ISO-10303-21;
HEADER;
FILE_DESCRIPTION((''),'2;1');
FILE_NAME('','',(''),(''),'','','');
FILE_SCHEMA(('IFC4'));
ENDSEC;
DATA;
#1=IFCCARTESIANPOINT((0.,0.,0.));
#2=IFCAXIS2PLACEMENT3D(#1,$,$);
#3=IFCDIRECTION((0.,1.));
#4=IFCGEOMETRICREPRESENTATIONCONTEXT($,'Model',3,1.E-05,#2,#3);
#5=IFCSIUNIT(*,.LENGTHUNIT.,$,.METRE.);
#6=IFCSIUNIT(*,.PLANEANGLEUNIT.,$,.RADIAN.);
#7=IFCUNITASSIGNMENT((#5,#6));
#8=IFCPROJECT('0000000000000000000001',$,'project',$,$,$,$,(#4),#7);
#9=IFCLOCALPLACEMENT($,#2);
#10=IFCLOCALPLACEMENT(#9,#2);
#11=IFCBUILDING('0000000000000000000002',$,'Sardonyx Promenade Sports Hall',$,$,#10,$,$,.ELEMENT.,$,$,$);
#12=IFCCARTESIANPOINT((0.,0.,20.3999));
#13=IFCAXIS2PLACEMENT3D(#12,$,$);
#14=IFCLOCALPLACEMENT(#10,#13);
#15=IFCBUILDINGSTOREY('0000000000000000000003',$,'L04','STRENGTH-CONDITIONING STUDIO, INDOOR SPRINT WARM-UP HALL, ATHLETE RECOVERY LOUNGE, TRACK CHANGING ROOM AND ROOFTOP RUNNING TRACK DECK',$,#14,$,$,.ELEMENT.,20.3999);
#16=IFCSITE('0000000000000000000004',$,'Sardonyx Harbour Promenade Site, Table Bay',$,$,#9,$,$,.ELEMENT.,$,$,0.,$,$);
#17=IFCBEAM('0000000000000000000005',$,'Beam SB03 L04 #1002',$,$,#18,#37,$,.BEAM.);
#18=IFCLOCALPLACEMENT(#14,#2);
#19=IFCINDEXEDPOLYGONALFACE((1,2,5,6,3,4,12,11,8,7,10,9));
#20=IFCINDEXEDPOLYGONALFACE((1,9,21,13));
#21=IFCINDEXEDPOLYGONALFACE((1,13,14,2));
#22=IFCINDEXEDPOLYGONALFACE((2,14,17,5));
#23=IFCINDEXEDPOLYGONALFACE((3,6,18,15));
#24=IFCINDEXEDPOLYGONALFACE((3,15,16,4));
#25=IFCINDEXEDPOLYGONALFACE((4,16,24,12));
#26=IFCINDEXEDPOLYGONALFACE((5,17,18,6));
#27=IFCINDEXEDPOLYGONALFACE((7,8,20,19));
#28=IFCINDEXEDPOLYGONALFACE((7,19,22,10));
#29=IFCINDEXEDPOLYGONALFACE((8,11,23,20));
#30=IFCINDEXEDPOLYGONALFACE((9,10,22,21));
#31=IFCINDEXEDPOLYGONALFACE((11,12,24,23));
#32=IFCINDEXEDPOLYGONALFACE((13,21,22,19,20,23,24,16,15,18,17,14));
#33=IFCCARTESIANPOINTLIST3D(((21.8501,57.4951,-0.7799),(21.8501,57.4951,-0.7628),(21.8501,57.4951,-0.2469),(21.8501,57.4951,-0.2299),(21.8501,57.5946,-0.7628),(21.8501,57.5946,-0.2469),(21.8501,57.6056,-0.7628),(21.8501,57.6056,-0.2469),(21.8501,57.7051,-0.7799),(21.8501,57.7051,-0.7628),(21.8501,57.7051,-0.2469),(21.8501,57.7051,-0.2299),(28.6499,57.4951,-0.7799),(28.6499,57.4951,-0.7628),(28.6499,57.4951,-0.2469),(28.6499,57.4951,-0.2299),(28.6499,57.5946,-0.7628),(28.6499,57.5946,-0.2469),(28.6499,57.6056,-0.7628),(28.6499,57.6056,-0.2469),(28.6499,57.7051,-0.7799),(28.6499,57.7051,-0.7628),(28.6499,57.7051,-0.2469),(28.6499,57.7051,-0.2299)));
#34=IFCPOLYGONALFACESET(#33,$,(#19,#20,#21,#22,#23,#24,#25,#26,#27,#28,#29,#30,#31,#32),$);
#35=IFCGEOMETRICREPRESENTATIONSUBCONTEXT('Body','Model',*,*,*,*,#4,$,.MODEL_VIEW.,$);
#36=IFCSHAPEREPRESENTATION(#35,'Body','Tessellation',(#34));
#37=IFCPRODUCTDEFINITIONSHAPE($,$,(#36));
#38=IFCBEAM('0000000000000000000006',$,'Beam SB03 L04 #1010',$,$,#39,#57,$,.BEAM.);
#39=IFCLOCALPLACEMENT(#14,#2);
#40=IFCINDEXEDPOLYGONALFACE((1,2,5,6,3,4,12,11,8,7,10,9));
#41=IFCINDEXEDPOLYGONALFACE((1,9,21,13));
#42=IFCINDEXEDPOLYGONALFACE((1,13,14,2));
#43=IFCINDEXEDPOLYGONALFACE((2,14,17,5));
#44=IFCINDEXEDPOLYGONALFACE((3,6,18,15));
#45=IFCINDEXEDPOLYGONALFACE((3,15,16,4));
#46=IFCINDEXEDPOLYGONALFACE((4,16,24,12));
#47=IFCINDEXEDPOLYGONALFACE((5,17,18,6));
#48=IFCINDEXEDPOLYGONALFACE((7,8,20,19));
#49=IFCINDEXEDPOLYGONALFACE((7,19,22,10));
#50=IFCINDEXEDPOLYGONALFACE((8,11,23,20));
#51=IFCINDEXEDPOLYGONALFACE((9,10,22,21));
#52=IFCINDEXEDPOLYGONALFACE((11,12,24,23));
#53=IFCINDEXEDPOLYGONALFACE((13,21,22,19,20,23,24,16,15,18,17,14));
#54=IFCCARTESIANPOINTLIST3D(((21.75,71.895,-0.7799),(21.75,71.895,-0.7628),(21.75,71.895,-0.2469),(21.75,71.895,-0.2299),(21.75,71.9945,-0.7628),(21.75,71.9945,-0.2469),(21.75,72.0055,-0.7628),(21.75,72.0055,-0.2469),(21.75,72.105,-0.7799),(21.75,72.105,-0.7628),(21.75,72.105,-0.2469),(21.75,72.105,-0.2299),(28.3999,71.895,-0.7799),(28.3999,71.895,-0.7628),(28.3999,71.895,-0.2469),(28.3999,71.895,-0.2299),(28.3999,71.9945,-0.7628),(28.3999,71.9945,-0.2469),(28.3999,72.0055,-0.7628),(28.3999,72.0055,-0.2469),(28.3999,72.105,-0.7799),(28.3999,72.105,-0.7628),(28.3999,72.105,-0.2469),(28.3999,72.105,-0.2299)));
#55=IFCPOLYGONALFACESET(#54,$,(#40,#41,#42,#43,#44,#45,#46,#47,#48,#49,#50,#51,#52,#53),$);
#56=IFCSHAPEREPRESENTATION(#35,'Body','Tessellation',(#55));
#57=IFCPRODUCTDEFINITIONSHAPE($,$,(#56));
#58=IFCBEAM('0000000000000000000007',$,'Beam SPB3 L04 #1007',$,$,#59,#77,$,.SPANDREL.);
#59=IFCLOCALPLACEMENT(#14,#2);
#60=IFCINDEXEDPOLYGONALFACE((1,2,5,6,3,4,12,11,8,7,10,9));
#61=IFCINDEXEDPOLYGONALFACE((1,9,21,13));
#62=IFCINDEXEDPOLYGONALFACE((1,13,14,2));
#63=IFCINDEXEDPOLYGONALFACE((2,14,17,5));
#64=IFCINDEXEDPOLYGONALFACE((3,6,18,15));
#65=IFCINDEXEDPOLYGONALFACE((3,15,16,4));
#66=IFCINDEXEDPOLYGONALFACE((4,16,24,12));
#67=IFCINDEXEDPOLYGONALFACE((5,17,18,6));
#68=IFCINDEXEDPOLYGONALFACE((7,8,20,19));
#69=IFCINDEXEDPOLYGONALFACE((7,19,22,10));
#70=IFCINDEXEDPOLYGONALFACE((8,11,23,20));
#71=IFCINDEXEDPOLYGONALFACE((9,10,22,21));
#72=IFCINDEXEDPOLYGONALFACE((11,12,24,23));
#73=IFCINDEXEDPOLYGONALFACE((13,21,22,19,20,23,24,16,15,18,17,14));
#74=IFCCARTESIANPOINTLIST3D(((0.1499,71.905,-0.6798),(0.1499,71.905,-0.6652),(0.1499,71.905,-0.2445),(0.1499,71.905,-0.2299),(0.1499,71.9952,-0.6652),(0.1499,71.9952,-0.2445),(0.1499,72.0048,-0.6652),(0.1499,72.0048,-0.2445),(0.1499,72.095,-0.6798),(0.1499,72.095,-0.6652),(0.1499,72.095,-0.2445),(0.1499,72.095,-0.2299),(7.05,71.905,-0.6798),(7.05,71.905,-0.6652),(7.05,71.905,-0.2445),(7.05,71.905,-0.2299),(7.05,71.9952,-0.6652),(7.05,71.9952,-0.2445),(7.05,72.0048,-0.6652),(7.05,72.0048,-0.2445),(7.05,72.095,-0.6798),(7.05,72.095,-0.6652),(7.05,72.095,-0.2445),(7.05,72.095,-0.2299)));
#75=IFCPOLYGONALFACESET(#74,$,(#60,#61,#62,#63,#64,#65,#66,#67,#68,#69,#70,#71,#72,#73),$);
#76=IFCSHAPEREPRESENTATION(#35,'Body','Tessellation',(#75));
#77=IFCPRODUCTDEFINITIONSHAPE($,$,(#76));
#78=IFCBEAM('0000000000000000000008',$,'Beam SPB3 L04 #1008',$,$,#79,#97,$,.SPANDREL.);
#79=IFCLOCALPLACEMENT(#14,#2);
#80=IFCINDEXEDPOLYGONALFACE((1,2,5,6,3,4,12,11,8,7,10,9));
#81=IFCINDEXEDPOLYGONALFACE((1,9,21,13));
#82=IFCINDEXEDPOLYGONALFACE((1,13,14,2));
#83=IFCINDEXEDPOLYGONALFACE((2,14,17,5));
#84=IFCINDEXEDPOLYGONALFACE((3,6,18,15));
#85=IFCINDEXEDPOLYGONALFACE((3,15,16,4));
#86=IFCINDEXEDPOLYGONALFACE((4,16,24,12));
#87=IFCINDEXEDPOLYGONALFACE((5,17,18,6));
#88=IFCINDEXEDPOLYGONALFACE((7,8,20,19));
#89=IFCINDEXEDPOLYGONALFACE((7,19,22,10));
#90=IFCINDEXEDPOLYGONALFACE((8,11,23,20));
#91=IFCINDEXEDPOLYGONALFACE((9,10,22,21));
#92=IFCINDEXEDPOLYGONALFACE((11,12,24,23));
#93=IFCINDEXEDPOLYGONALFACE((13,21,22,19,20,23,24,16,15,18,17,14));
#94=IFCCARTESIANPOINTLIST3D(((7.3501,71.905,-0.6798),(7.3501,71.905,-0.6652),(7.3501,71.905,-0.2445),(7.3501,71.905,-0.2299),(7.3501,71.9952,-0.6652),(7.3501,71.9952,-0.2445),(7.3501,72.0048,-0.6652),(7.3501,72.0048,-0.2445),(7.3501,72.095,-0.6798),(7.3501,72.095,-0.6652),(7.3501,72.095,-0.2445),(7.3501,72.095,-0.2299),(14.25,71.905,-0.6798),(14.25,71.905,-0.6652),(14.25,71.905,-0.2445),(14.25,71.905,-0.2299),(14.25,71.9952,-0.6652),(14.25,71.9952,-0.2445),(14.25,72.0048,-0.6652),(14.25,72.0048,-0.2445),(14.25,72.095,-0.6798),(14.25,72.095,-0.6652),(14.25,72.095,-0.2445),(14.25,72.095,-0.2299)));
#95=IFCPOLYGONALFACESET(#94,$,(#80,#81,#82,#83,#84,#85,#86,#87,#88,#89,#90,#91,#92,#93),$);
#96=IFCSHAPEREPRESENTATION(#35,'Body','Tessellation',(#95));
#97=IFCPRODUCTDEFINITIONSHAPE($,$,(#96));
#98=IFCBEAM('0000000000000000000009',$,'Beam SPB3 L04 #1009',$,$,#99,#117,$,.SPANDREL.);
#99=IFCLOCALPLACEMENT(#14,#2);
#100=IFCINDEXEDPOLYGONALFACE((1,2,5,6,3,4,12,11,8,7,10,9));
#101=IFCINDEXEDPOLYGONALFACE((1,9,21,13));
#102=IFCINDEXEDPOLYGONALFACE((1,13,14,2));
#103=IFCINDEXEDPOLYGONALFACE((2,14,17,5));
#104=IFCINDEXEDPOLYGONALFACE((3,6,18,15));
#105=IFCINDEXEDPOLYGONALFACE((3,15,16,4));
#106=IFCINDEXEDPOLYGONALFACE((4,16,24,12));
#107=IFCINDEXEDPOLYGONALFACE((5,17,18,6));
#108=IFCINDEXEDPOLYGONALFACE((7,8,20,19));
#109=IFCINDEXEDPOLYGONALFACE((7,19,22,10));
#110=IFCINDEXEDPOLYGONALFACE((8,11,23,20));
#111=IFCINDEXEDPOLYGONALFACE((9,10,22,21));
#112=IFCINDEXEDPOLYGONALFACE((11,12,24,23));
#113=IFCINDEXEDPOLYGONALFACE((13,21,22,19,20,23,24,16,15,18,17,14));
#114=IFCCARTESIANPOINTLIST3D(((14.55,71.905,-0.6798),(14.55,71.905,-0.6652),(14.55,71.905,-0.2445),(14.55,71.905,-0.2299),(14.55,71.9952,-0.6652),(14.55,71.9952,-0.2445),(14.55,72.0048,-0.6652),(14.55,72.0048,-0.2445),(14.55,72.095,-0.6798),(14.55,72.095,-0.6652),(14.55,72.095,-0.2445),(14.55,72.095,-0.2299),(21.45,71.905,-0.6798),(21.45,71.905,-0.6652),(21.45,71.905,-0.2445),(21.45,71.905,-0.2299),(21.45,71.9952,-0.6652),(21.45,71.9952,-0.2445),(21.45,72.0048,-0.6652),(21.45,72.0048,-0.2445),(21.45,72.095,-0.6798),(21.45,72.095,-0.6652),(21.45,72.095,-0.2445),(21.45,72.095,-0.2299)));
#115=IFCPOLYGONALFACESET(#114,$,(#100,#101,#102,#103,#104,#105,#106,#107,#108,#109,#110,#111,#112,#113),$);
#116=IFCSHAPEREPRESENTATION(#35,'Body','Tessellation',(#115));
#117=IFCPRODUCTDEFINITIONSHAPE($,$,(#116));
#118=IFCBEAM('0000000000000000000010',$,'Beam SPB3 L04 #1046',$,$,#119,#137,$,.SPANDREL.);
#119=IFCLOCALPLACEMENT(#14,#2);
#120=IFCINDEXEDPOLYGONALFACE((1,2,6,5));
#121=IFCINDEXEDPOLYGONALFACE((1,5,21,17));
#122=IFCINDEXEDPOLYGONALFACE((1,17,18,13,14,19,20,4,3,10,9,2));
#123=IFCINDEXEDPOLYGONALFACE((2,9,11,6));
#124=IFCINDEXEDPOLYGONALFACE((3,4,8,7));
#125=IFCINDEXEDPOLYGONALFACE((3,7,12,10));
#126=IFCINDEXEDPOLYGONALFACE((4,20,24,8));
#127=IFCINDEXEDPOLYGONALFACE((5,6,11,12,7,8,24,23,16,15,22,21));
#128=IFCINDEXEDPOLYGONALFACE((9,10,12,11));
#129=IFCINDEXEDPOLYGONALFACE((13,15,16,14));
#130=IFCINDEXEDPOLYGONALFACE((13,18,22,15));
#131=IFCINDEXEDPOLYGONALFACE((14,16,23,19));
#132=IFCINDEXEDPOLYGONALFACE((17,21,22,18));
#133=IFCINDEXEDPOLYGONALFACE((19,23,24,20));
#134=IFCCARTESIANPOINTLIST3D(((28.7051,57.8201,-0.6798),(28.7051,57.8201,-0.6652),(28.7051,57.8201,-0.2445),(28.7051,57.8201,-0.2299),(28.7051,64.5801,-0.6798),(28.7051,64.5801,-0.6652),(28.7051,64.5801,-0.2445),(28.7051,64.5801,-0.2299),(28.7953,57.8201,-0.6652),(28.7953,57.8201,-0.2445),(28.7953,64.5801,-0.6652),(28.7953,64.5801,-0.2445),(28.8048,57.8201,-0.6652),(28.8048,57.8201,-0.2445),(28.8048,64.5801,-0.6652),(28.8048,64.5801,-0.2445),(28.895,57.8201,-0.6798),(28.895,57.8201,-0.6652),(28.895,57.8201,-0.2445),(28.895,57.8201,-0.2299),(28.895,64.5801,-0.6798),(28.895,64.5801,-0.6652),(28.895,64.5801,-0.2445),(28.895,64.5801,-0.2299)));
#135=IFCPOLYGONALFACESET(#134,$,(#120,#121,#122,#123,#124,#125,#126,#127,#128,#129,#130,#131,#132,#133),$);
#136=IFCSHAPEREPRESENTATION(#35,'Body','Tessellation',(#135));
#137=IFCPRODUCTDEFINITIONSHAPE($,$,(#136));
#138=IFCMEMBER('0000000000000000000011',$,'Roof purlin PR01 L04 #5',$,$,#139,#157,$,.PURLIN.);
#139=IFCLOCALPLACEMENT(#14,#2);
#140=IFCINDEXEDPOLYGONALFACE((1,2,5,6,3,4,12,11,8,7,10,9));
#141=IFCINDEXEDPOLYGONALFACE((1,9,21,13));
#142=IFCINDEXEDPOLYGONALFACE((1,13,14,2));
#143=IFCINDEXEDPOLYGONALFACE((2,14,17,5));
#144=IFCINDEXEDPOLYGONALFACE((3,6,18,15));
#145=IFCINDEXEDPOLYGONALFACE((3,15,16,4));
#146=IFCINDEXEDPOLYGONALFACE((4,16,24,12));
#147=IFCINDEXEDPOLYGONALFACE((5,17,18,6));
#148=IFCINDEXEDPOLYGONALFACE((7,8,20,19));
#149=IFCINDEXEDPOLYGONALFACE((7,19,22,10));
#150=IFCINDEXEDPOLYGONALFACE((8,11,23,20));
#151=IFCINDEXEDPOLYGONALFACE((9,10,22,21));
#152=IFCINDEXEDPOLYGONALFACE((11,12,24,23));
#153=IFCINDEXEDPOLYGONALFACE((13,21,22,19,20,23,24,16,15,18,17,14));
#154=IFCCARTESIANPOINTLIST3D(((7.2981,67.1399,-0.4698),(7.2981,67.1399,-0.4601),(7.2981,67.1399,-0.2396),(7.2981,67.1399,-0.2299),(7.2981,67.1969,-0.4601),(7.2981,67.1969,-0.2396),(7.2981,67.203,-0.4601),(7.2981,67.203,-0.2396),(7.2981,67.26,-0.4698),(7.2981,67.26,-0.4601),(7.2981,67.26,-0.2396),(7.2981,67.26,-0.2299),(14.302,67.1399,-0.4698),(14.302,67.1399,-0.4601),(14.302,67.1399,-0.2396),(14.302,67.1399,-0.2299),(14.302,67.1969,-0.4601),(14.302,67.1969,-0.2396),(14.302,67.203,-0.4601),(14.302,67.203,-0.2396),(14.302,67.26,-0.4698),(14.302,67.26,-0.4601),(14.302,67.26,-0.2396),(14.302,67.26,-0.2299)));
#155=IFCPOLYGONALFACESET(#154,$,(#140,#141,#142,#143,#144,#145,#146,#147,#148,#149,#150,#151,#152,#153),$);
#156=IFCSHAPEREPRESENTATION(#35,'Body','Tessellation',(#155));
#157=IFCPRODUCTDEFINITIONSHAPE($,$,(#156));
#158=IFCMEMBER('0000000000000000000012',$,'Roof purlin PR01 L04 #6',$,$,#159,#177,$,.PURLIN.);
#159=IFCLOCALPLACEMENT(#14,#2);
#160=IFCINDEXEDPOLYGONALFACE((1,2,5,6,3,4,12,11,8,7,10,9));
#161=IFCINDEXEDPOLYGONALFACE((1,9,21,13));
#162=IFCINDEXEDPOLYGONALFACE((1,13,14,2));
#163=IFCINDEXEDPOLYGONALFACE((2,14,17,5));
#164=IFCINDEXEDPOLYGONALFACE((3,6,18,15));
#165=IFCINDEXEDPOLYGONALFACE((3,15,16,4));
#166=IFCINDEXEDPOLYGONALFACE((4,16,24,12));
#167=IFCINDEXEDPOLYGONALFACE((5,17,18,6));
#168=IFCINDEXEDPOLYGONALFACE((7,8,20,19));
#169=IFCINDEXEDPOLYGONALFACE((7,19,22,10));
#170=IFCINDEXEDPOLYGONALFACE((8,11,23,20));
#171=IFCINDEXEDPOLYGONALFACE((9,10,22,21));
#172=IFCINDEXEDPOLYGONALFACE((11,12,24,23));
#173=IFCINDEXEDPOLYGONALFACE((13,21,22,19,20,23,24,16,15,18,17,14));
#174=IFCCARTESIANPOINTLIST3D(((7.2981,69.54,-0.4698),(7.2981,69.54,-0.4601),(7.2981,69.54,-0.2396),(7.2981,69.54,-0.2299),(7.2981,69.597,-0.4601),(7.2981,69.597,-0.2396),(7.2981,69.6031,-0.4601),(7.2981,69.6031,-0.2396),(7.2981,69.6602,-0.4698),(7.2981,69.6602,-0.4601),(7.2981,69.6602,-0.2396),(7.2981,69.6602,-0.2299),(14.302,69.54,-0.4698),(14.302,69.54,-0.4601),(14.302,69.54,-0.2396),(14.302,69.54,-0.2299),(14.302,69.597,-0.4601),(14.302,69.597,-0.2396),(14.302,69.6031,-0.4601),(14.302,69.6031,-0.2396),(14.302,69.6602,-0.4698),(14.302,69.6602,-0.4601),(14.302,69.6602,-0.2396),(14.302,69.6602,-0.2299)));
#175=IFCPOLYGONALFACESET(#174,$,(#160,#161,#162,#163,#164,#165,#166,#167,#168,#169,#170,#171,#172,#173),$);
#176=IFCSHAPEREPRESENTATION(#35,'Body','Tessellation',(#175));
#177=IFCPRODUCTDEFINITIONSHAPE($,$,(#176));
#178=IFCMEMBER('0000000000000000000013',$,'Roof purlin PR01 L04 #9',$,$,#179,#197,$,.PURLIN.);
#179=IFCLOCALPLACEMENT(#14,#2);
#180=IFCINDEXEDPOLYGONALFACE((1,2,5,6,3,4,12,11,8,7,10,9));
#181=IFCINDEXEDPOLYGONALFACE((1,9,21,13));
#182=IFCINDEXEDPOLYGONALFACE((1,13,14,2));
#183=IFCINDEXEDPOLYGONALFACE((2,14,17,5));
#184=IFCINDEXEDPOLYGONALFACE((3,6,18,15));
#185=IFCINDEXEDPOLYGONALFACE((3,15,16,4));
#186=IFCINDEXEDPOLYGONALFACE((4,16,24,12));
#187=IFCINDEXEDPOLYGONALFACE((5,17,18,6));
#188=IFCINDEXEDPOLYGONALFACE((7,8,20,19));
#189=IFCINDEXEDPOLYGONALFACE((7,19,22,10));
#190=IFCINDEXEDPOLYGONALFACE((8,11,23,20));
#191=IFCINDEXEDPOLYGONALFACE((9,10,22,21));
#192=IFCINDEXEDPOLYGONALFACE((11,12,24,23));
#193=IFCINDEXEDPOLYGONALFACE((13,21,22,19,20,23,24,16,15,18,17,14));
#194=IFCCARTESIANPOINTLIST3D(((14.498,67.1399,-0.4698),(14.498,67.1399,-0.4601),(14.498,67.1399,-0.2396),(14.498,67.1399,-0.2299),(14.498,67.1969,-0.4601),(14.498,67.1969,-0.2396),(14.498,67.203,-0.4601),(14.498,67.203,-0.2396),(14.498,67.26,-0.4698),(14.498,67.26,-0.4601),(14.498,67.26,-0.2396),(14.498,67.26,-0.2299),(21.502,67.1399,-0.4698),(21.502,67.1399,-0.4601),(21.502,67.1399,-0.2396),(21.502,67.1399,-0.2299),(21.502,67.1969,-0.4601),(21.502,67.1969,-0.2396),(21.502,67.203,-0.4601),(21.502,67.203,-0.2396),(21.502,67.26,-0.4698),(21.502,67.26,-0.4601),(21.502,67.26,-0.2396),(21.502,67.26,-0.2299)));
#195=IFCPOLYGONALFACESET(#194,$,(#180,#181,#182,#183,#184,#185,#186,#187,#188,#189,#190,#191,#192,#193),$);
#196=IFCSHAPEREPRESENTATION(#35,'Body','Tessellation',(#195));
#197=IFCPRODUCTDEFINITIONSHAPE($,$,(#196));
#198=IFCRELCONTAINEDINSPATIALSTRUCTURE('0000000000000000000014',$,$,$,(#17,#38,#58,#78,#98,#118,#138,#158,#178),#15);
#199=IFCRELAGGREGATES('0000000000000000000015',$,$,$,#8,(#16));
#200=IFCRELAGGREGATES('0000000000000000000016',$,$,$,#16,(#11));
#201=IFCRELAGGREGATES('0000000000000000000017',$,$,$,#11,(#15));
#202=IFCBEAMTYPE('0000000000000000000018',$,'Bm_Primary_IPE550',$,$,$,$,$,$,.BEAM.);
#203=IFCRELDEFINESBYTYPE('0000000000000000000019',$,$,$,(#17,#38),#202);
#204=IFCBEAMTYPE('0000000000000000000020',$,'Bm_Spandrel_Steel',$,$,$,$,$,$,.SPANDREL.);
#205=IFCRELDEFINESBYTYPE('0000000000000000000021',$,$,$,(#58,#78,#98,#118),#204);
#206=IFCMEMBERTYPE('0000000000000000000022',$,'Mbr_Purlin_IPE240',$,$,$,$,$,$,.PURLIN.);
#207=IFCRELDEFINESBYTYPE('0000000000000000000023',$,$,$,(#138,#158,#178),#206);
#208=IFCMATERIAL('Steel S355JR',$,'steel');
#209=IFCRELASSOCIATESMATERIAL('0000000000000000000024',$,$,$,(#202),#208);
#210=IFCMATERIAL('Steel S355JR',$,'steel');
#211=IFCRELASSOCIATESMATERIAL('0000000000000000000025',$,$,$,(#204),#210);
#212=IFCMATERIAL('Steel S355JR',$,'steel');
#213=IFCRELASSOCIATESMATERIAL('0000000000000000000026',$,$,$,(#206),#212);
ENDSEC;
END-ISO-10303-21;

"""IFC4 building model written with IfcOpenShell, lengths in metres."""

from ifc_helpers import new_model, si_unit, direction, frame, origin, origin_2d, place, context, subcontext, project, spatial, i_section, extrude, material, material_profile, profile_set, type_object, element, save


model = new_model("IFC4")

# Units and contexts
model_context = context("Model", 3, precision=1e-05, world=origin(), true_north=direction((0.0, 1.0)))
body_context = subcontext(model_context, "Body", "Model", "MODEL_VIEW")
ifc_project = project(units=[si_unit("LENGTHUNIT", "METRE"), si_unit("PLANEANGLEUNIT", "RADIAN")], contexts=[model_context])

# Site, building, storey
site_placement = place(None, origin())
site = spatial("IfcSite", under=ifc_project, at=site_placement, Name="Sardonyx Harbour Promenade Site, Table Bay", CompositionType="ELEMENT", RefElevation=0.0)
building_placement = place(site_placement, origin())
building = spatial("IfcBuilding", under=site, at=building_placement, Name="Sardonyx Promenade Sports Hall", CompositionType="ELEMENT")
storey_placement = place(building_placement, frame((0.0, 0.0, 20.3999)))
storey = spatial("IfcBuildingStorey", under=building, at=storey_placement, Name="L04", Description="STRENGTH-CONDITIONING STUDIO, INDOOR SPRINT WARM-UP HALL, ATHLETE RECOVERY LOUNGE, TRACK CHANGING ROOM AND ROOFTOP RUNNING TRACK DECK", CompositionType="ELEMENT", Elevation=20.3999)

# Beams
ifc_material_1 = material(Name="Steel S355JR", Category="steel")
ifc_material_profile_1 = material_profile(ifc_material_1, i_section(OverallWidth=0.21, OverallDepth=0.55, WebThickness=0.011, FlangeThickness=0.0171, at=origin_2d()))
ifc_profile_set_1 = profile_set([ifc_material_profile_1], Name="Steel S355JR")
beam_type_1 = type_object("IfcBeamType", Name="Bm_Primary_IPE550", PredefinedType="BEAM", material=ifc_profile_set_1)
beam_1_placement = place(storey_placement, frame((21.8501, 57.6001, -0.5049), z_axis=(1.0, 0.0, 0.0), x_axis=(0.0, 1.0, 0.0)))
element("IfcBeam", 1, at=beam_1_placement, inside=storey, type_object=beam_type_1, Name="Beam SB03 L04 #1002", PredefinedType="BEAM", context=body_context, shape_type="SweptSolid", body=[
    extrude(i_section(OverallWidth=0.21, OverallDepth=0.55, WebThickness=0.011, FlangeThickness=0.0171, at=origin_2d()), origin(), (0.0, 0.0, 1.0), 6.7998),
])
beam_2_placement = place(storey_placement, frame((21.75, 72.0, -0.5049), z_axis=(1.0, 0.0, 0.0), x_axis=(0.0, 1.0, 0.0)))
element("IfcBeam", 2, at=beam_2_placement, inside=storey, type_object=beam_type_1, Name="Beam SB03 L04 #1010", PredefinedType="BEAM", context=body_context, shape_type="SweptSolid", body=[
    extrude(i_section(OverallWidth=0.21, OverallDepth=0.55, WebThickness=0.011, FlangeThickness=0.0171, at=origin_2d()), origin(), (0.0, 0.0, 1.0), 6.6499),
])
ifc_material_2 = material(Name="Steel S355JR", Category="steel")
ifc_material_profile_2 = material_profile(ifc_material_2, i_section(OverallWidth=0.1899, OverallDepth=0.45, WebThickness=0.0095, FlangeThickness=0.0146, at=origin_2d()))
ifc_profile_set_2 = profile_set([ifc_material_profile_2], Name="Steel S355JR")
beam_type_2 = type_object("IfcBeamType", Name="Bm_Spandrel_Steel", PredefinedType="SPANDREL", material=ifc_profile_set_2)
beam_3_placement = place(storey_placement, frame((0.1499, 72.0, -0.4548), z_axis=(1.0, 0.0, 0.0), x_axis=(0.0, 1.0, 0.0)))
element("IfcBeam", 3, at=beam_3_placement, inside=storey, type_object=beam_type_2, Name="Beam SPB3 L04 #1007", PredefinedType="SPANDREL", context=body_context, shape_type="SweptSolid", body=[
    extrude(i_section(OverallWidth=0.1899, OverallDepth=0.45, WebThickness=0.0095, FlangeThickness=0.0146, at=origin_2d()), origin(), (0.0, 0.0, 1.0), 6.9001),
])
for number, where, z_axis, x_axis, name in (
    (4, (7.3501, 72.0, -0.4548), (1.0, 0.0, 0.0), (0.0, 1.0, 0.0), "Beam SPB3 L04 #1008"),
    (5, (14.55, 72.0, -0.4548), (1.0, 0.0, 0.0), (0.0, 1.0, 0.0), "Beam SPB3 L04 #1009"),
):
    element("IfcBeam", number, at=place(storey_placement, frame(where, z_axis=z_axis, x_axis=x_axis)), inside=storey, type_object=beam_type_2, Name=name, PredefinedType="SPANDREL", context=body_context, shape_type="SweptSolid", body=[
        extrude(i_section(OverallWidth=0.1899, OverallDepth=0.45, WebThickness=0.0095, FlangeThickness=0.0146, at=origin_2d()), origin(), (0.0, 0.0, 1.0), 6.8999),
    ])
beam_4_placement = place(storey_placement, frame((28.8, 57.8201, -0.4548), z_axis=(0.0, 1.0, 0.0), x_axis=(-1.0, 0.0, 0.0)))
element("IfcBeam", 6, at=beam_4_placement, inside=storey, type_object=beam_type_2, Name="Beam SPB3 L04 #1046", PredefinedType="SPANDREL", context=body_context, shape_type="SweptSolid", body=[
    extrude(i_section(OverallWidth=0.1899, OverallDepth=0.45, WebThickness=0.0095, FlangeThickness=0.0146, at=origin_2d()), origin(), (0.0, 0.0, 1.0), 6.76),
])

# Members
ifc_material_3 = material(Name="Steel S355JR", Category="steel")
ifc_material_profile_3 = material_profile(ifc_material_3, i_section(OverallWidth=0.1201, OverallDepth=0.24, WebThickness=0.0061, FlangeThickness=0.0098, at=origin_2d()))
ifc_profile_set_3 = profile_set([ifc_material_profile_3], Name="Steel S355JR")
member_type = type_object("IfcMemberType", Name="Mbr_Purlin_IPE240", PredefinedType="PURLIN", material=ifc_profile_set_3)
for number, where, z_axis, x_axis, name in (
    (7, (7.2981, 67.2, -0.3499), (1.0, 0.0, 0.0), (0.0, 1.0, 0.0), "Roof purlin PR01 L04 #5"),
    (8, (7.2981, 69.6001, -0.3499), (1.0, 0.0, 0.0), (0.0, 1.0, 0.0), "Roof purlin PR01 L04 #6"),
    (9, (14.498, 67.2, -0.3499), (1.0, 0.0, 0.0), (0.0, 1.0, 0.0), "Roof purlin PR01 L04 #9"),
):
    element("IfcMember", number, at=place(storey_placement, frame(where, z_axis=z_axis, x_axis=x_axis)), inside=storey, type_object=member_type, Name=name, PredefinedType="PURLIN", context=body_context, shape_type="SweptSolid", body=[
        extrude(i_section(OverallWidth=0.1201, OverallDepth=0.24, WebThickness=0.0061, FlangeThickness=0.0098, at=origin_2d()), origin(), (0.0, 0.0, 1.0), 7.0039),
    ])

save(model, "model.ifc")
